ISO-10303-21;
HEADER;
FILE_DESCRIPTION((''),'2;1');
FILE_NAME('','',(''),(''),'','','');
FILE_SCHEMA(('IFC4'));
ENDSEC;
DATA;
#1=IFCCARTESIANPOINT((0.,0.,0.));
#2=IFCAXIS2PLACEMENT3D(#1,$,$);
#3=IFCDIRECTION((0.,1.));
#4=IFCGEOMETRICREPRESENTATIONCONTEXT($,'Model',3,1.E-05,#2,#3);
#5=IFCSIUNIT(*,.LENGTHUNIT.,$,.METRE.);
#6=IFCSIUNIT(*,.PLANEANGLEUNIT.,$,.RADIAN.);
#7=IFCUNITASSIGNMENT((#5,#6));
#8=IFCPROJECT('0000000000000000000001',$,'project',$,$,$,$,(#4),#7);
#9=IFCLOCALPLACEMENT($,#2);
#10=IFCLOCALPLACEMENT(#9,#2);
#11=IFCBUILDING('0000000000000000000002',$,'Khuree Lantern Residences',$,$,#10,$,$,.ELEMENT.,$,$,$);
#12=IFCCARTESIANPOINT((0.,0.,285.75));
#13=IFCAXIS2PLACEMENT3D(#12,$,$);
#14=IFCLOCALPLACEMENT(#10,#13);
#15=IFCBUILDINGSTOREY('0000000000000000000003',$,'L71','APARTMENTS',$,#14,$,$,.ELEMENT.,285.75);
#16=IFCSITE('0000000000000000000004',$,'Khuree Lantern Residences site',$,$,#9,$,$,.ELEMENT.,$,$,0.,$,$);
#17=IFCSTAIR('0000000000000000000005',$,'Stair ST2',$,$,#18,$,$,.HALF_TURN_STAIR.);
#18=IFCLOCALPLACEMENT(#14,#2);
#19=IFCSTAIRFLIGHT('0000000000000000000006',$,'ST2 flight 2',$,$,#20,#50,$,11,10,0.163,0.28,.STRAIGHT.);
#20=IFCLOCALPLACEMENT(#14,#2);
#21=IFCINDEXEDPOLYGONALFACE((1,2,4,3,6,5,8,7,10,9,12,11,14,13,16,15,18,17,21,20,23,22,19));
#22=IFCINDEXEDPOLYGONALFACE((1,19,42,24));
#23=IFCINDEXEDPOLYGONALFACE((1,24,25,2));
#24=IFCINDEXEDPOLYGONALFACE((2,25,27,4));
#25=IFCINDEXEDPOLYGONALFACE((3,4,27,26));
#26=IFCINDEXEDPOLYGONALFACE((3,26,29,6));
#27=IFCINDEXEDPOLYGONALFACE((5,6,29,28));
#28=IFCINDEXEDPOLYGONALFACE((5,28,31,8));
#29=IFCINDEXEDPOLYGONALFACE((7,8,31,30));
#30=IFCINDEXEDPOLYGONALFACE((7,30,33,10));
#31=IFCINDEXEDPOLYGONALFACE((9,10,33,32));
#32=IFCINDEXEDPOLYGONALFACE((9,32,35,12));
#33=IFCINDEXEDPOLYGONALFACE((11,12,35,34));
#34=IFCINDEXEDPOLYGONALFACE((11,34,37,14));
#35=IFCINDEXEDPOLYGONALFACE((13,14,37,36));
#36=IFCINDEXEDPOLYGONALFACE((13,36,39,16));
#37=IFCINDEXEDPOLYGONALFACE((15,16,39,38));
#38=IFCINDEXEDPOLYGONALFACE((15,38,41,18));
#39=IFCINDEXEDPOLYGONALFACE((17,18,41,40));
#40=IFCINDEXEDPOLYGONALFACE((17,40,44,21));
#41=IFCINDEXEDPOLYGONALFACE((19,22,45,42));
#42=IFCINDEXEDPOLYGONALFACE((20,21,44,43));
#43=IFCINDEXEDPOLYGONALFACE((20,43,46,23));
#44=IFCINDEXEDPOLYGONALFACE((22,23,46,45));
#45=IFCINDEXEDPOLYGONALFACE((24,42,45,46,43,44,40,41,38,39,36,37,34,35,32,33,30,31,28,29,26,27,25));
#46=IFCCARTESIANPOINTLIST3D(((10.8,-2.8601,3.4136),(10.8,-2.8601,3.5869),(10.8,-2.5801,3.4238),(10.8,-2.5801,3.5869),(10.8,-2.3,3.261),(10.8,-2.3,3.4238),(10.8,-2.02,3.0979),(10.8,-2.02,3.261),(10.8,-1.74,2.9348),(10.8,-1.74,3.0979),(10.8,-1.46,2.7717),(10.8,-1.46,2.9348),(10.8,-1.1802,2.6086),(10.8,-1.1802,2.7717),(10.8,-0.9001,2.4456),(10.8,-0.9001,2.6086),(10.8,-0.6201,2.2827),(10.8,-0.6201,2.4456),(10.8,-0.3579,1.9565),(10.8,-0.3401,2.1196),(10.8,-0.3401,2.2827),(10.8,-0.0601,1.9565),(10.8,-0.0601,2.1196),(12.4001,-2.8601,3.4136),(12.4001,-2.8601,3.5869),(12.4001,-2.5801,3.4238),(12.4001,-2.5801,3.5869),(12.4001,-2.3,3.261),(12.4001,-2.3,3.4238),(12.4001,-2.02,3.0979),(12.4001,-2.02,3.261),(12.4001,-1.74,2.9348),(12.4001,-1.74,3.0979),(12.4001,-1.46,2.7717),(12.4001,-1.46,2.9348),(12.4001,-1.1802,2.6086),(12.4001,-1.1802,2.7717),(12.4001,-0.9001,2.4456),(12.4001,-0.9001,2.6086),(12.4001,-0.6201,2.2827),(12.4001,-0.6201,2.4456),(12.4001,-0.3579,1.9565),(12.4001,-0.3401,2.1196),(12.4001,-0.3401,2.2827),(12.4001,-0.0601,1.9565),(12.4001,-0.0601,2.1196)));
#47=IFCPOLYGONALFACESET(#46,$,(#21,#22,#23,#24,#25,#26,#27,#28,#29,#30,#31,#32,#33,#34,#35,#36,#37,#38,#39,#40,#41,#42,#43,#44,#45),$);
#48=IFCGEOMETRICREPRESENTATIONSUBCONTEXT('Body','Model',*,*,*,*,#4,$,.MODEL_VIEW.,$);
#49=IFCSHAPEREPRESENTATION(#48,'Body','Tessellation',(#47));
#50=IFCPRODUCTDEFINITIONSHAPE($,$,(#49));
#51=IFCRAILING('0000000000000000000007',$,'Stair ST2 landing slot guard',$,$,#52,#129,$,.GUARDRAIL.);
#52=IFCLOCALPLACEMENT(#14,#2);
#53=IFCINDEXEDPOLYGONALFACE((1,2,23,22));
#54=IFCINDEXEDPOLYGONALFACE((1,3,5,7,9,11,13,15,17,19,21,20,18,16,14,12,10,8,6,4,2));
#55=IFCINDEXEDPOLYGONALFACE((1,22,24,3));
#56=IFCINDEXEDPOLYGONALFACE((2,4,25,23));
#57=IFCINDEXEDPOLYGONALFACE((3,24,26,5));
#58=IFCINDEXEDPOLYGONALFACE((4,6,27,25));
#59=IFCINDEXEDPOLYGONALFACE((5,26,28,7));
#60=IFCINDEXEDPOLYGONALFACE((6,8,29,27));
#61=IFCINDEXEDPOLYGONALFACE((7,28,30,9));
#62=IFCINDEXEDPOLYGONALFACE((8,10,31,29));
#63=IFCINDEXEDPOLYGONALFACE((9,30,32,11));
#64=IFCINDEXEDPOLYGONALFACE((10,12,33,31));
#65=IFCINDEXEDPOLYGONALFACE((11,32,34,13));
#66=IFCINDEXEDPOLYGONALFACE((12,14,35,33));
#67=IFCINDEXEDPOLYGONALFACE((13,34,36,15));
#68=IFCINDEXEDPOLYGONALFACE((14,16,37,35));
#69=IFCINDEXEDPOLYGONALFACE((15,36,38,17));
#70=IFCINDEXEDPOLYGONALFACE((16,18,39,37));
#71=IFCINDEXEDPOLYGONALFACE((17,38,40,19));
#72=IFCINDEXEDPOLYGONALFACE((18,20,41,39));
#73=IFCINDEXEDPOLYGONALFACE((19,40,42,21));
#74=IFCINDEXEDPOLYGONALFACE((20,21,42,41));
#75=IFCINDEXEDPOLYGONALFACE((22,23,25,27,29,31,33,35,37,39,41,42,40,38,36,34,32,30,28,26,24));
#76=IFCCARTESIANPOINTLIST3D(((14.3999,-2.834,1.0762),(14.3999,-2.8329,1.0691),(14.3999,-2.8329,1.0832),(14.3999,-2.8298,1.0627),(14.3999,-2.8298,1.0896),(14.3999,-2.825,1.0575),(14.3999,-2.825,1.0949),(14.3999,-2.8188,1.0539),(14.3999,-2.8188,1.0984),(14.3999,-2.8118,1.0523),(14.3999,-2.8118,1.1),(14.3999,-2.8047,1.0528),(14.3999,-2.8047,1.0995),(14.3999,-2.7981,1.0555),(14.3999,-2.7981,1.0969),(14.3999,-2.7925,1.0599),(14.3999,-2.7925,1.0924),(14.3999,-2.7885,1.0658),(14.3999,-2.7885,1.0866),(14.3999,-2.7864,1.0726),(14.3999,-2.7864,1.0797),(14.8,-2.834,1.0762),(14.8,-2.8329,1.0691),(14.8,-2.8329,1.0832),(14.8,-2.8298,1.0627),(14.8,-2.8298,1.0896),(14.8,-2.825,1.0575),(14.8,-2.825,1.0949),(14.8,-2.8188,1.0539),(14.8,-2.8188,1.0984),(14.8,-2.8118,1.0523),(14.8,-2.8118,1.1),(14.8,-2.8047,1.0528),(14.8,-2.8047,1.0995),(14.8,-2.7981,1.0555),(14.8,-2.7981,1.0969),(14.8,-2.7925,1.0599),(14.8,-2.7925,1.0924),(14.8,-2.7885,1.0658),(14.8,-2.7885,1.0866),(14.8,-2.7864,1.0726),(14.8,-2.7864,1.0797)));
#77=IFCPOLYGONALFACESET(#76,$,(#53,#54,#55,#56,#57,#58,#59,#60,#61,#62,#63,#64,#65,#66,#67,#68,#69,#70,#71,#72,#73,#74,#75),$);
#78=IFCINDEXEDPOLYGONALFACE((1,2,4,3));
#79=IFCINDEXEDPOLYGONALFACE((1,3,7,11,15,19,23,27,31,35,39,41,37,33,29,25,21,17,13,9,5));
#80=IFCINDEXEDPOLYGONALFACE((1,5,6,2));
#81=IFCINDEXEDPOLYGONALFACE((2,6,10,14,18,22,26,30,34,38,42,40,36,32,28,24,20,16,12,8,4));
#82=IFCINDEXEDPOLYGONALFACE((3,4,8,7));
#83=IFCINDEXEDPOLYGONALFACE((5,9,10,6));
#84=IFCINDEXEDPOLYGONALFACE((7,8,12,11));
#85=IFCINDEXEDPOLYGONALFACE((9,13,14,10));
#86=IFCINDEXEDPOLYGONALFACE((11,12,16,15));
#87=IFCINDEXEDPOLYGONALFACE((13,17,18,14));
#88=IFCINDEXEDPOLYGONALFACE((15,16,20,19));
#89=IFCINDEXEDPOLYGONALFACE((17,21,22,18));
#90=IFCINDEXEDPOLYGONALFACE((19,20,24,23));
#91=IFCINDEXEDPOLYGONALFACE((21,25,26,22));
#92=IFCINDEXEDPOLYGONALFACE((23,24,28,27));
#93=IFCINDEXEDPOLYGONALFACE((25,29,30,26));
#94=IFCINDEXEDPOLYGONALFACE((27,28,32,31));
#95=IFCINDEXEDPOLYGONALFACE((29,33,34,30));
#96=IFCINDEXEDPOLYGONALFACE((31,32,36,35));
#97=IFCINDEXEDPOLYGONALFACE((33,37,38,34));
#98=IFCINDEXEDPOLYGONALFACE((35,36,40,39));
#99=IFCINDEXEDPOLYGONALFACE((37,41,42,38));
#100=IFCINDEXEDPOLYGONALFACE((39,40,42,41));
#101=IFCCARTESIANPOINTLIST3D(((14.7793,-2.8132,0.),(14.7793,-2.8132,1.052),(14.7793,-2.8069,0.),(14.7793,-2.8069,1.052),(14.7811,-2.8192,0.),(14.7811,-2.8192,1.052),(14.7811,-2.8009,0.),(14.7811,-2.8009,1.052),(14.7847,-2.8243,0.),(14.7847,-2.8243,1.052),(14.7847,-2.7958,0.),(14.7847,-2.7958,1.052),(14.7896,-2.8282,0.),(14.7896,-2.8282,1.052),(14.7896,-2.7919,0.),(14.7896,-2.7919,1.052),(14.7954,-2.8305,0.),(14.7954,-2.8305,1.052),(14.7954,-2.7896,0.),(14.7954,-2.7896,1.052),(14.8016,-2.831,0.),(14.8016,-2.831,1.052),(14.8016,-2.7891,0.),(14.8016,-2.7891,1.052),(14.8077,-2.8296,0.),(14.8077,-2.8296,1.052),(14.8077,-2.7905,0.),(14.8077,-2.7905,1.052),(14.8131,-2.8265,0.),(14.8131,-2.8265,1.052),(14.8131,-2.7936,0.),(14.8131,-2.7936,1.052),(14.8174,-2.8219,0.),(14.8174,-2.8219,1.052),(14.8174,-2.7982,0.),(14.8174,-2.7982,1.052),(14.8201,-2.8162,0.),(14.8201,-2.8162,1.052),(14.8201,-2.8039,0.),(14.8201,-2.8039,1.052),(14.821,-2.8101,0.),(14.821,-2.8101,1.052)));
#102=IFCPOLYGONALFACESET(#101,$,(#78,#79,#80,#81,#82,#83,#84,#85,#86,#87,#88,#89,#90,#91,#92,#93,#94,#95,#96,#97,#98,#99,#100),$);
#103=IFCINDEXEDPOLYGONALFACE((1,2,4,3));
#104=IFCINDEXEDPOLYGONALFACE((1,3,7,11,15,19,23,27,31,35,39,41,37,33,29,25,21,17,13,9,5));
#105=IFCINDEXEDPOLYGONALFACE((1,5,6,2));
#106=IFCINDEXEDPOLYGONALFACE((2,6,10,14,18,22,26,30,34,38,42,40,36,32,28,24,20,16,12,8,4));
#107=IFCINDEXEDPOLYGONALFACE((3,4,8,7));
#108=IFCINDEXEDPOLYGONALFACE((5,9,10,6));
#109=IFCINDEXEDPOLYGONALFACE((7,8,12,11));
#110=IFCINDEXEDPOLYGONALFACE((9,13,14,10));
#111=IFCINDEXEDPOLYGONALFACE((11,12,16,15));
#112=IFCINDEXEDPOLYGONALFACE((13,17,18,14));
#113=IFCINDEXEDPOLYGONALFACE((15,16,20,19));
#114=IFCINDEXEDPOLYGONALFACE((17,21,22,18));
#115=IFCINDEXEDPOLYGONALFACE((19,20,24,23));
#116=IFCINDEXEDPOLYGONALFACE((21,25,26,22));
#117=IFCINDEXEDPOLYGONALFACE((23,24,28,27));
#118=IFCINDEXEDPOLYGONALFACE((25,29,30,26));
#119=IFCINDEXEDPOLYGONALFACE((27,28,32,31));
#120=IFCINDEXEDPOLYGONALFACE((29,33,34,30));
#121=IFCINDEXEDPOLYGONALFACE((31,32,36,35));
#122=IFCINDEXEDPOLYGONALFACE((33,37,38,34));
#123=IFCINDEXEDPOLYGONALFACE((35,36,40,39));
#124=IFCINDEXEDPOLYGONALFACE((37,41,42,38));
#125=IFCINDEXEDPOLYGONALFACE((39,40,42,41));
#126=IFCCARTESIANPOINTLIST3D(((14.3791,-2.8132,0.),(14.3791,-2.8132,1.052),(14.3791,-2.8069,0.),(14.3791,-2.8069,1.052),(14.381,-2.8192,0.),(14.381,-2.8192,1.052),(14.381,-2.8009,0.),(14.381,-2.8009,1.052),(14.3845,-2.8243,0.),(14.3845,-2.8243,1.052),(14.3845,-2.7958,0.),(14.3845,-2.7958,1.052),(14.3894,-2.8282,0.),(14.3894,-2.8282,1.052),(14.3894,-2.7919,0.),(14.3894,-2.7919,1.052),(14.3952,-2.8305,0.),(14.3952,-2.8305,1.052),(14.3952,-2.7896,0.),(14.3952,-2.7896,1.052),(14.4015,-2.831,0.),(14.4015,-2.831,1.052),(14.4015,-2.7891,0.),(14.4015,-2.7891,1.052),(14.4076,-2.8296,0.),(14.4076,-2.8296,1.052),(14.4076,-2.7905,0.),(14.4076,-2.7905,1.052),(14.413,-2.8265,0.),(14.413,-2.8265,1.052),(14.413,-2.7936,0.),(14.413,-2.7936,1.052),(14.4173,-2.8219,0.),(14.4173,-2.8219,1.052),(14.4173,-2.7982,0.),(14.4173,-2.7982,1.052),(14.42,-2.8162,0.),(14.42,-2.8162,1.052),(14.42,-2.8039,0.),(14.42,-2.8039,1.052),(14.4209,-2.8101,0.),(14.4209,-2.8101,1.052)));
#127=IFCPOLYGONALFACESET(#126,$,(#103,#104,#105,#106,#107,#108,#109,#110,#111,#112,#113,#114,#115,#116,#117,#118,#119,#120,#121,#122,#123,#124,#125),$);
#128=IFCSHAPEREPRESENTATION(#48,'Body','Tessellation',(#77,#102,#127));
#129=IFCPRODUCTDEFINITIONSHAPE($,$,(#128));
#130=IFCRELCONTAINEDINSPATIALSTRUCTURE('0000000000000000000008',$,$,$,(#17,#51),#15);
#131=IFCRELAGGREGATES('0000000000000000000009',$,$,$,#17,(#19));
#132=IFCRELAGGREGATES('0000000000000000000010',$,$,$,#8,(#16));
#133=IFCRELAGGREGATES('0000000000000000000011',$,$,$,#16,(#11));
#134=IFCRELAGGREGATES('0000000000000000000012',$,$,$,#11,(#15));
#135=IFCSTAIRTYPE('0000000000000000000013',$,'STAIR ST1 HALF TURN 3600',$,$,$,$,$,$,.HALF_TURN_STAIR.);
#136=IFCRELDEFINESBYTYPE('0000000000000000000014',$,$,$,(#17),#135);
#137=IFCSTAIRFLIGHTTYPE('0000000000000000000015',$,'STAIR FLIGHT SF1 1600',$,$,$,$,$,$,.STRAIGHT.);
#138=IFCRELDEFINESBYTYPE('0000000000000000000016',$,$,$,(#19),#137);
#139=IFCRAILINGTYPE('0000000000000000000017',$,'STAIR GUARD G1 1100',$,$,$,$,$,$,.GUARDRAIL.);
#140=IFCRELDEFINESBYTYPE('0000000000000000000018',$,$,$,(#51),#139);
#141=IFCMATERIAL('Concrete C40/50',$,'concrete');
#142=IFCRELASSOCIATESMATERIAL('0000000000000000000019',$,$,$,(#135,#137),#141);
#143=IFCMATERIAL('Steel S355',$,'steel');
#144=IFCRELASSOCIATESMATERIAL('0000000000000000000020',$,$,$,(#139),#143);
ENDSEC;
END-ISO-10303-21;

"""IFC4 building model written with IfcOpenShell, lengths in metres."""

from ifc_helpers import new_model, si_unit, direction, frame, origin, origin_2d, place, context, subcontext, project, spatial, polyline, circle, outline, extrude, material, type_object, element, aggregate, save


model = new_model("IFC4")

# Units and contexts
model_context = context("Model", 3, precision=1e-05, world=origin(), true_north=direction((0.0, 1.0)))
body_context = subcontext(model_context, "Body", "Model", "MODEL_VIEW")
ifc_project = project(units=[si_unit("LENGTHUNIT", "METRE"), si_unit("PLANEANGLEUNIT", "RADIAN")], contexts=[model_context])

# Site, building, storey
site_placement = place(None, origin())
site = spatial("IfcSite", under=ifc_project, at=site_placement, Name="Khuree Lantern Residences site", CompositionType="ELEMENT", RefElevation=0.0)
building_placement = place(site_placement, origin())
building = spatial("IfcBuilding", under=site, at=building_placement, Name="Khuree Lantern Residences", CompositionType="ELEMENT")
storey_placement = place(building_placement, frame((0.0, 0.0, 285.75)))
storey = spatial("IfcBuildingStorey", under=building, at=storey_placement, Name="L71", Description="APARTMENTS", CompositionType="ELEMENT", Elevation=285.75)

# Shared definitions
ifc_material_1 = material(Name="Steel S355", Category="steel")

# Stair, stair flight
ifc_material_2 = material(Name="Concrete C40/50", Category="concrete")
stair_type = type_object("IfcStairType", Name="STAIR ST1 HALF TURN 3600", PredefinedType="HALF_TURN_STAIR", material=ifc_material_2)
stair_placement = place(storey_placement, origin())
stair = element("IfcStair", 1, at=stair_placement, inside=storey, type_object=stair_type, Name="Stair ST2", PredefinedType="HALF_TURN_STAIR")
stair_flight_type = type_object("IfcStairFlightType", Name="STAIR FLIGHT SF1 1600", PredefinedType="STRAIGHT", material=ifc_material_2)
stair_flight_1_placement = place(storey_placement, frame((11.6001, -0.0601, 1.9565), z_axis=(0.0, 0.0, 1.0), x_axis=(0.0, -1.0, 0.0)))
stair_flight_1 = element("IfcStairFlight", 2, at=stair_flight_1_placement, type_object=stair_flight_type, Name="ST2 flight 2", NumberOfRisers=11, NumberOfTreads=10, PredefinedType="STRAIGHT", RiserHeight=0.163, TreadLength=0.28, context=body_context, shape_type="SweptSolid", body=[
    extrude(outline(polyline([(0.0, 0.0), (0.0, 0.1631), (0.28, 0.1631), (0.28, 0.3262), (0.5601, 0.3262), (0.5601, 0.489), (0.8401, 0.489), (0.8401, 0.6521), (1.1201, 0.6521), (1.1201, 0.8152), (1.3999, 0.8152), (1.3999, 0.9783), (1.6799, 0.9783), (1.6799, 1.1414), (1.96, 1.1414), (1.96, 1.3044), (2.24, 1.3044), (2.24, 1.4673), (2.52, 1.4673), (2.52, 1.6304), (2.8, 1.6304), (2.8, 1.7935), (2.8, 1.457), (0.2979, 0.0), (0.0, 0.0)])), frame((0.0, 0.8, 0.0), z_axis=(0.0, -1.0, 0.0), x_axis=(1.0, 0.0, 0.0)), (0.0, 0.0, 1.0), 1.6001),
])
aggregate(stair, [stair_flight_1])

# Railing
railing_type_1 = type_object("IfcRailingType", Name="STAIR GUARD G1 1100", PredefinedType="GUARDRAIL", material=ifc_material_1)
railing_1_placement = place(storey_placement, frame((14.8, -2.8101, 0.0)))
element("IfcRailing", 3, at=railing_1_placement, inside=storey, type_object=railing_type_1, Name="Stair ST2 landing slot guard", PredefinedType="GUARDRAIL", context=body_context, shape_type="SweptSolid", body=[
    extrude(circle(Radius=0.0239, at=origin_2d()), frame((0.0, 0.0, 1.0762), z_axis=(-1.0, 0.0, 0.0), x_axis=(0.0, -1.0, 0.0)), (0.0, 0.0, 1.0), 0.4001),
    extrude(circle(Radius=0.021, at=origin_2d()), origin(), (0.0, 0.0, 1.0), 1.052),
    extrude(circle(Radius=0.021, at=origin_2d()), frame((-0.4001, 0.0, 0.0)), (0.0, 0.0, 1.0), 1.052),
])

save(model, "model.ifc")
